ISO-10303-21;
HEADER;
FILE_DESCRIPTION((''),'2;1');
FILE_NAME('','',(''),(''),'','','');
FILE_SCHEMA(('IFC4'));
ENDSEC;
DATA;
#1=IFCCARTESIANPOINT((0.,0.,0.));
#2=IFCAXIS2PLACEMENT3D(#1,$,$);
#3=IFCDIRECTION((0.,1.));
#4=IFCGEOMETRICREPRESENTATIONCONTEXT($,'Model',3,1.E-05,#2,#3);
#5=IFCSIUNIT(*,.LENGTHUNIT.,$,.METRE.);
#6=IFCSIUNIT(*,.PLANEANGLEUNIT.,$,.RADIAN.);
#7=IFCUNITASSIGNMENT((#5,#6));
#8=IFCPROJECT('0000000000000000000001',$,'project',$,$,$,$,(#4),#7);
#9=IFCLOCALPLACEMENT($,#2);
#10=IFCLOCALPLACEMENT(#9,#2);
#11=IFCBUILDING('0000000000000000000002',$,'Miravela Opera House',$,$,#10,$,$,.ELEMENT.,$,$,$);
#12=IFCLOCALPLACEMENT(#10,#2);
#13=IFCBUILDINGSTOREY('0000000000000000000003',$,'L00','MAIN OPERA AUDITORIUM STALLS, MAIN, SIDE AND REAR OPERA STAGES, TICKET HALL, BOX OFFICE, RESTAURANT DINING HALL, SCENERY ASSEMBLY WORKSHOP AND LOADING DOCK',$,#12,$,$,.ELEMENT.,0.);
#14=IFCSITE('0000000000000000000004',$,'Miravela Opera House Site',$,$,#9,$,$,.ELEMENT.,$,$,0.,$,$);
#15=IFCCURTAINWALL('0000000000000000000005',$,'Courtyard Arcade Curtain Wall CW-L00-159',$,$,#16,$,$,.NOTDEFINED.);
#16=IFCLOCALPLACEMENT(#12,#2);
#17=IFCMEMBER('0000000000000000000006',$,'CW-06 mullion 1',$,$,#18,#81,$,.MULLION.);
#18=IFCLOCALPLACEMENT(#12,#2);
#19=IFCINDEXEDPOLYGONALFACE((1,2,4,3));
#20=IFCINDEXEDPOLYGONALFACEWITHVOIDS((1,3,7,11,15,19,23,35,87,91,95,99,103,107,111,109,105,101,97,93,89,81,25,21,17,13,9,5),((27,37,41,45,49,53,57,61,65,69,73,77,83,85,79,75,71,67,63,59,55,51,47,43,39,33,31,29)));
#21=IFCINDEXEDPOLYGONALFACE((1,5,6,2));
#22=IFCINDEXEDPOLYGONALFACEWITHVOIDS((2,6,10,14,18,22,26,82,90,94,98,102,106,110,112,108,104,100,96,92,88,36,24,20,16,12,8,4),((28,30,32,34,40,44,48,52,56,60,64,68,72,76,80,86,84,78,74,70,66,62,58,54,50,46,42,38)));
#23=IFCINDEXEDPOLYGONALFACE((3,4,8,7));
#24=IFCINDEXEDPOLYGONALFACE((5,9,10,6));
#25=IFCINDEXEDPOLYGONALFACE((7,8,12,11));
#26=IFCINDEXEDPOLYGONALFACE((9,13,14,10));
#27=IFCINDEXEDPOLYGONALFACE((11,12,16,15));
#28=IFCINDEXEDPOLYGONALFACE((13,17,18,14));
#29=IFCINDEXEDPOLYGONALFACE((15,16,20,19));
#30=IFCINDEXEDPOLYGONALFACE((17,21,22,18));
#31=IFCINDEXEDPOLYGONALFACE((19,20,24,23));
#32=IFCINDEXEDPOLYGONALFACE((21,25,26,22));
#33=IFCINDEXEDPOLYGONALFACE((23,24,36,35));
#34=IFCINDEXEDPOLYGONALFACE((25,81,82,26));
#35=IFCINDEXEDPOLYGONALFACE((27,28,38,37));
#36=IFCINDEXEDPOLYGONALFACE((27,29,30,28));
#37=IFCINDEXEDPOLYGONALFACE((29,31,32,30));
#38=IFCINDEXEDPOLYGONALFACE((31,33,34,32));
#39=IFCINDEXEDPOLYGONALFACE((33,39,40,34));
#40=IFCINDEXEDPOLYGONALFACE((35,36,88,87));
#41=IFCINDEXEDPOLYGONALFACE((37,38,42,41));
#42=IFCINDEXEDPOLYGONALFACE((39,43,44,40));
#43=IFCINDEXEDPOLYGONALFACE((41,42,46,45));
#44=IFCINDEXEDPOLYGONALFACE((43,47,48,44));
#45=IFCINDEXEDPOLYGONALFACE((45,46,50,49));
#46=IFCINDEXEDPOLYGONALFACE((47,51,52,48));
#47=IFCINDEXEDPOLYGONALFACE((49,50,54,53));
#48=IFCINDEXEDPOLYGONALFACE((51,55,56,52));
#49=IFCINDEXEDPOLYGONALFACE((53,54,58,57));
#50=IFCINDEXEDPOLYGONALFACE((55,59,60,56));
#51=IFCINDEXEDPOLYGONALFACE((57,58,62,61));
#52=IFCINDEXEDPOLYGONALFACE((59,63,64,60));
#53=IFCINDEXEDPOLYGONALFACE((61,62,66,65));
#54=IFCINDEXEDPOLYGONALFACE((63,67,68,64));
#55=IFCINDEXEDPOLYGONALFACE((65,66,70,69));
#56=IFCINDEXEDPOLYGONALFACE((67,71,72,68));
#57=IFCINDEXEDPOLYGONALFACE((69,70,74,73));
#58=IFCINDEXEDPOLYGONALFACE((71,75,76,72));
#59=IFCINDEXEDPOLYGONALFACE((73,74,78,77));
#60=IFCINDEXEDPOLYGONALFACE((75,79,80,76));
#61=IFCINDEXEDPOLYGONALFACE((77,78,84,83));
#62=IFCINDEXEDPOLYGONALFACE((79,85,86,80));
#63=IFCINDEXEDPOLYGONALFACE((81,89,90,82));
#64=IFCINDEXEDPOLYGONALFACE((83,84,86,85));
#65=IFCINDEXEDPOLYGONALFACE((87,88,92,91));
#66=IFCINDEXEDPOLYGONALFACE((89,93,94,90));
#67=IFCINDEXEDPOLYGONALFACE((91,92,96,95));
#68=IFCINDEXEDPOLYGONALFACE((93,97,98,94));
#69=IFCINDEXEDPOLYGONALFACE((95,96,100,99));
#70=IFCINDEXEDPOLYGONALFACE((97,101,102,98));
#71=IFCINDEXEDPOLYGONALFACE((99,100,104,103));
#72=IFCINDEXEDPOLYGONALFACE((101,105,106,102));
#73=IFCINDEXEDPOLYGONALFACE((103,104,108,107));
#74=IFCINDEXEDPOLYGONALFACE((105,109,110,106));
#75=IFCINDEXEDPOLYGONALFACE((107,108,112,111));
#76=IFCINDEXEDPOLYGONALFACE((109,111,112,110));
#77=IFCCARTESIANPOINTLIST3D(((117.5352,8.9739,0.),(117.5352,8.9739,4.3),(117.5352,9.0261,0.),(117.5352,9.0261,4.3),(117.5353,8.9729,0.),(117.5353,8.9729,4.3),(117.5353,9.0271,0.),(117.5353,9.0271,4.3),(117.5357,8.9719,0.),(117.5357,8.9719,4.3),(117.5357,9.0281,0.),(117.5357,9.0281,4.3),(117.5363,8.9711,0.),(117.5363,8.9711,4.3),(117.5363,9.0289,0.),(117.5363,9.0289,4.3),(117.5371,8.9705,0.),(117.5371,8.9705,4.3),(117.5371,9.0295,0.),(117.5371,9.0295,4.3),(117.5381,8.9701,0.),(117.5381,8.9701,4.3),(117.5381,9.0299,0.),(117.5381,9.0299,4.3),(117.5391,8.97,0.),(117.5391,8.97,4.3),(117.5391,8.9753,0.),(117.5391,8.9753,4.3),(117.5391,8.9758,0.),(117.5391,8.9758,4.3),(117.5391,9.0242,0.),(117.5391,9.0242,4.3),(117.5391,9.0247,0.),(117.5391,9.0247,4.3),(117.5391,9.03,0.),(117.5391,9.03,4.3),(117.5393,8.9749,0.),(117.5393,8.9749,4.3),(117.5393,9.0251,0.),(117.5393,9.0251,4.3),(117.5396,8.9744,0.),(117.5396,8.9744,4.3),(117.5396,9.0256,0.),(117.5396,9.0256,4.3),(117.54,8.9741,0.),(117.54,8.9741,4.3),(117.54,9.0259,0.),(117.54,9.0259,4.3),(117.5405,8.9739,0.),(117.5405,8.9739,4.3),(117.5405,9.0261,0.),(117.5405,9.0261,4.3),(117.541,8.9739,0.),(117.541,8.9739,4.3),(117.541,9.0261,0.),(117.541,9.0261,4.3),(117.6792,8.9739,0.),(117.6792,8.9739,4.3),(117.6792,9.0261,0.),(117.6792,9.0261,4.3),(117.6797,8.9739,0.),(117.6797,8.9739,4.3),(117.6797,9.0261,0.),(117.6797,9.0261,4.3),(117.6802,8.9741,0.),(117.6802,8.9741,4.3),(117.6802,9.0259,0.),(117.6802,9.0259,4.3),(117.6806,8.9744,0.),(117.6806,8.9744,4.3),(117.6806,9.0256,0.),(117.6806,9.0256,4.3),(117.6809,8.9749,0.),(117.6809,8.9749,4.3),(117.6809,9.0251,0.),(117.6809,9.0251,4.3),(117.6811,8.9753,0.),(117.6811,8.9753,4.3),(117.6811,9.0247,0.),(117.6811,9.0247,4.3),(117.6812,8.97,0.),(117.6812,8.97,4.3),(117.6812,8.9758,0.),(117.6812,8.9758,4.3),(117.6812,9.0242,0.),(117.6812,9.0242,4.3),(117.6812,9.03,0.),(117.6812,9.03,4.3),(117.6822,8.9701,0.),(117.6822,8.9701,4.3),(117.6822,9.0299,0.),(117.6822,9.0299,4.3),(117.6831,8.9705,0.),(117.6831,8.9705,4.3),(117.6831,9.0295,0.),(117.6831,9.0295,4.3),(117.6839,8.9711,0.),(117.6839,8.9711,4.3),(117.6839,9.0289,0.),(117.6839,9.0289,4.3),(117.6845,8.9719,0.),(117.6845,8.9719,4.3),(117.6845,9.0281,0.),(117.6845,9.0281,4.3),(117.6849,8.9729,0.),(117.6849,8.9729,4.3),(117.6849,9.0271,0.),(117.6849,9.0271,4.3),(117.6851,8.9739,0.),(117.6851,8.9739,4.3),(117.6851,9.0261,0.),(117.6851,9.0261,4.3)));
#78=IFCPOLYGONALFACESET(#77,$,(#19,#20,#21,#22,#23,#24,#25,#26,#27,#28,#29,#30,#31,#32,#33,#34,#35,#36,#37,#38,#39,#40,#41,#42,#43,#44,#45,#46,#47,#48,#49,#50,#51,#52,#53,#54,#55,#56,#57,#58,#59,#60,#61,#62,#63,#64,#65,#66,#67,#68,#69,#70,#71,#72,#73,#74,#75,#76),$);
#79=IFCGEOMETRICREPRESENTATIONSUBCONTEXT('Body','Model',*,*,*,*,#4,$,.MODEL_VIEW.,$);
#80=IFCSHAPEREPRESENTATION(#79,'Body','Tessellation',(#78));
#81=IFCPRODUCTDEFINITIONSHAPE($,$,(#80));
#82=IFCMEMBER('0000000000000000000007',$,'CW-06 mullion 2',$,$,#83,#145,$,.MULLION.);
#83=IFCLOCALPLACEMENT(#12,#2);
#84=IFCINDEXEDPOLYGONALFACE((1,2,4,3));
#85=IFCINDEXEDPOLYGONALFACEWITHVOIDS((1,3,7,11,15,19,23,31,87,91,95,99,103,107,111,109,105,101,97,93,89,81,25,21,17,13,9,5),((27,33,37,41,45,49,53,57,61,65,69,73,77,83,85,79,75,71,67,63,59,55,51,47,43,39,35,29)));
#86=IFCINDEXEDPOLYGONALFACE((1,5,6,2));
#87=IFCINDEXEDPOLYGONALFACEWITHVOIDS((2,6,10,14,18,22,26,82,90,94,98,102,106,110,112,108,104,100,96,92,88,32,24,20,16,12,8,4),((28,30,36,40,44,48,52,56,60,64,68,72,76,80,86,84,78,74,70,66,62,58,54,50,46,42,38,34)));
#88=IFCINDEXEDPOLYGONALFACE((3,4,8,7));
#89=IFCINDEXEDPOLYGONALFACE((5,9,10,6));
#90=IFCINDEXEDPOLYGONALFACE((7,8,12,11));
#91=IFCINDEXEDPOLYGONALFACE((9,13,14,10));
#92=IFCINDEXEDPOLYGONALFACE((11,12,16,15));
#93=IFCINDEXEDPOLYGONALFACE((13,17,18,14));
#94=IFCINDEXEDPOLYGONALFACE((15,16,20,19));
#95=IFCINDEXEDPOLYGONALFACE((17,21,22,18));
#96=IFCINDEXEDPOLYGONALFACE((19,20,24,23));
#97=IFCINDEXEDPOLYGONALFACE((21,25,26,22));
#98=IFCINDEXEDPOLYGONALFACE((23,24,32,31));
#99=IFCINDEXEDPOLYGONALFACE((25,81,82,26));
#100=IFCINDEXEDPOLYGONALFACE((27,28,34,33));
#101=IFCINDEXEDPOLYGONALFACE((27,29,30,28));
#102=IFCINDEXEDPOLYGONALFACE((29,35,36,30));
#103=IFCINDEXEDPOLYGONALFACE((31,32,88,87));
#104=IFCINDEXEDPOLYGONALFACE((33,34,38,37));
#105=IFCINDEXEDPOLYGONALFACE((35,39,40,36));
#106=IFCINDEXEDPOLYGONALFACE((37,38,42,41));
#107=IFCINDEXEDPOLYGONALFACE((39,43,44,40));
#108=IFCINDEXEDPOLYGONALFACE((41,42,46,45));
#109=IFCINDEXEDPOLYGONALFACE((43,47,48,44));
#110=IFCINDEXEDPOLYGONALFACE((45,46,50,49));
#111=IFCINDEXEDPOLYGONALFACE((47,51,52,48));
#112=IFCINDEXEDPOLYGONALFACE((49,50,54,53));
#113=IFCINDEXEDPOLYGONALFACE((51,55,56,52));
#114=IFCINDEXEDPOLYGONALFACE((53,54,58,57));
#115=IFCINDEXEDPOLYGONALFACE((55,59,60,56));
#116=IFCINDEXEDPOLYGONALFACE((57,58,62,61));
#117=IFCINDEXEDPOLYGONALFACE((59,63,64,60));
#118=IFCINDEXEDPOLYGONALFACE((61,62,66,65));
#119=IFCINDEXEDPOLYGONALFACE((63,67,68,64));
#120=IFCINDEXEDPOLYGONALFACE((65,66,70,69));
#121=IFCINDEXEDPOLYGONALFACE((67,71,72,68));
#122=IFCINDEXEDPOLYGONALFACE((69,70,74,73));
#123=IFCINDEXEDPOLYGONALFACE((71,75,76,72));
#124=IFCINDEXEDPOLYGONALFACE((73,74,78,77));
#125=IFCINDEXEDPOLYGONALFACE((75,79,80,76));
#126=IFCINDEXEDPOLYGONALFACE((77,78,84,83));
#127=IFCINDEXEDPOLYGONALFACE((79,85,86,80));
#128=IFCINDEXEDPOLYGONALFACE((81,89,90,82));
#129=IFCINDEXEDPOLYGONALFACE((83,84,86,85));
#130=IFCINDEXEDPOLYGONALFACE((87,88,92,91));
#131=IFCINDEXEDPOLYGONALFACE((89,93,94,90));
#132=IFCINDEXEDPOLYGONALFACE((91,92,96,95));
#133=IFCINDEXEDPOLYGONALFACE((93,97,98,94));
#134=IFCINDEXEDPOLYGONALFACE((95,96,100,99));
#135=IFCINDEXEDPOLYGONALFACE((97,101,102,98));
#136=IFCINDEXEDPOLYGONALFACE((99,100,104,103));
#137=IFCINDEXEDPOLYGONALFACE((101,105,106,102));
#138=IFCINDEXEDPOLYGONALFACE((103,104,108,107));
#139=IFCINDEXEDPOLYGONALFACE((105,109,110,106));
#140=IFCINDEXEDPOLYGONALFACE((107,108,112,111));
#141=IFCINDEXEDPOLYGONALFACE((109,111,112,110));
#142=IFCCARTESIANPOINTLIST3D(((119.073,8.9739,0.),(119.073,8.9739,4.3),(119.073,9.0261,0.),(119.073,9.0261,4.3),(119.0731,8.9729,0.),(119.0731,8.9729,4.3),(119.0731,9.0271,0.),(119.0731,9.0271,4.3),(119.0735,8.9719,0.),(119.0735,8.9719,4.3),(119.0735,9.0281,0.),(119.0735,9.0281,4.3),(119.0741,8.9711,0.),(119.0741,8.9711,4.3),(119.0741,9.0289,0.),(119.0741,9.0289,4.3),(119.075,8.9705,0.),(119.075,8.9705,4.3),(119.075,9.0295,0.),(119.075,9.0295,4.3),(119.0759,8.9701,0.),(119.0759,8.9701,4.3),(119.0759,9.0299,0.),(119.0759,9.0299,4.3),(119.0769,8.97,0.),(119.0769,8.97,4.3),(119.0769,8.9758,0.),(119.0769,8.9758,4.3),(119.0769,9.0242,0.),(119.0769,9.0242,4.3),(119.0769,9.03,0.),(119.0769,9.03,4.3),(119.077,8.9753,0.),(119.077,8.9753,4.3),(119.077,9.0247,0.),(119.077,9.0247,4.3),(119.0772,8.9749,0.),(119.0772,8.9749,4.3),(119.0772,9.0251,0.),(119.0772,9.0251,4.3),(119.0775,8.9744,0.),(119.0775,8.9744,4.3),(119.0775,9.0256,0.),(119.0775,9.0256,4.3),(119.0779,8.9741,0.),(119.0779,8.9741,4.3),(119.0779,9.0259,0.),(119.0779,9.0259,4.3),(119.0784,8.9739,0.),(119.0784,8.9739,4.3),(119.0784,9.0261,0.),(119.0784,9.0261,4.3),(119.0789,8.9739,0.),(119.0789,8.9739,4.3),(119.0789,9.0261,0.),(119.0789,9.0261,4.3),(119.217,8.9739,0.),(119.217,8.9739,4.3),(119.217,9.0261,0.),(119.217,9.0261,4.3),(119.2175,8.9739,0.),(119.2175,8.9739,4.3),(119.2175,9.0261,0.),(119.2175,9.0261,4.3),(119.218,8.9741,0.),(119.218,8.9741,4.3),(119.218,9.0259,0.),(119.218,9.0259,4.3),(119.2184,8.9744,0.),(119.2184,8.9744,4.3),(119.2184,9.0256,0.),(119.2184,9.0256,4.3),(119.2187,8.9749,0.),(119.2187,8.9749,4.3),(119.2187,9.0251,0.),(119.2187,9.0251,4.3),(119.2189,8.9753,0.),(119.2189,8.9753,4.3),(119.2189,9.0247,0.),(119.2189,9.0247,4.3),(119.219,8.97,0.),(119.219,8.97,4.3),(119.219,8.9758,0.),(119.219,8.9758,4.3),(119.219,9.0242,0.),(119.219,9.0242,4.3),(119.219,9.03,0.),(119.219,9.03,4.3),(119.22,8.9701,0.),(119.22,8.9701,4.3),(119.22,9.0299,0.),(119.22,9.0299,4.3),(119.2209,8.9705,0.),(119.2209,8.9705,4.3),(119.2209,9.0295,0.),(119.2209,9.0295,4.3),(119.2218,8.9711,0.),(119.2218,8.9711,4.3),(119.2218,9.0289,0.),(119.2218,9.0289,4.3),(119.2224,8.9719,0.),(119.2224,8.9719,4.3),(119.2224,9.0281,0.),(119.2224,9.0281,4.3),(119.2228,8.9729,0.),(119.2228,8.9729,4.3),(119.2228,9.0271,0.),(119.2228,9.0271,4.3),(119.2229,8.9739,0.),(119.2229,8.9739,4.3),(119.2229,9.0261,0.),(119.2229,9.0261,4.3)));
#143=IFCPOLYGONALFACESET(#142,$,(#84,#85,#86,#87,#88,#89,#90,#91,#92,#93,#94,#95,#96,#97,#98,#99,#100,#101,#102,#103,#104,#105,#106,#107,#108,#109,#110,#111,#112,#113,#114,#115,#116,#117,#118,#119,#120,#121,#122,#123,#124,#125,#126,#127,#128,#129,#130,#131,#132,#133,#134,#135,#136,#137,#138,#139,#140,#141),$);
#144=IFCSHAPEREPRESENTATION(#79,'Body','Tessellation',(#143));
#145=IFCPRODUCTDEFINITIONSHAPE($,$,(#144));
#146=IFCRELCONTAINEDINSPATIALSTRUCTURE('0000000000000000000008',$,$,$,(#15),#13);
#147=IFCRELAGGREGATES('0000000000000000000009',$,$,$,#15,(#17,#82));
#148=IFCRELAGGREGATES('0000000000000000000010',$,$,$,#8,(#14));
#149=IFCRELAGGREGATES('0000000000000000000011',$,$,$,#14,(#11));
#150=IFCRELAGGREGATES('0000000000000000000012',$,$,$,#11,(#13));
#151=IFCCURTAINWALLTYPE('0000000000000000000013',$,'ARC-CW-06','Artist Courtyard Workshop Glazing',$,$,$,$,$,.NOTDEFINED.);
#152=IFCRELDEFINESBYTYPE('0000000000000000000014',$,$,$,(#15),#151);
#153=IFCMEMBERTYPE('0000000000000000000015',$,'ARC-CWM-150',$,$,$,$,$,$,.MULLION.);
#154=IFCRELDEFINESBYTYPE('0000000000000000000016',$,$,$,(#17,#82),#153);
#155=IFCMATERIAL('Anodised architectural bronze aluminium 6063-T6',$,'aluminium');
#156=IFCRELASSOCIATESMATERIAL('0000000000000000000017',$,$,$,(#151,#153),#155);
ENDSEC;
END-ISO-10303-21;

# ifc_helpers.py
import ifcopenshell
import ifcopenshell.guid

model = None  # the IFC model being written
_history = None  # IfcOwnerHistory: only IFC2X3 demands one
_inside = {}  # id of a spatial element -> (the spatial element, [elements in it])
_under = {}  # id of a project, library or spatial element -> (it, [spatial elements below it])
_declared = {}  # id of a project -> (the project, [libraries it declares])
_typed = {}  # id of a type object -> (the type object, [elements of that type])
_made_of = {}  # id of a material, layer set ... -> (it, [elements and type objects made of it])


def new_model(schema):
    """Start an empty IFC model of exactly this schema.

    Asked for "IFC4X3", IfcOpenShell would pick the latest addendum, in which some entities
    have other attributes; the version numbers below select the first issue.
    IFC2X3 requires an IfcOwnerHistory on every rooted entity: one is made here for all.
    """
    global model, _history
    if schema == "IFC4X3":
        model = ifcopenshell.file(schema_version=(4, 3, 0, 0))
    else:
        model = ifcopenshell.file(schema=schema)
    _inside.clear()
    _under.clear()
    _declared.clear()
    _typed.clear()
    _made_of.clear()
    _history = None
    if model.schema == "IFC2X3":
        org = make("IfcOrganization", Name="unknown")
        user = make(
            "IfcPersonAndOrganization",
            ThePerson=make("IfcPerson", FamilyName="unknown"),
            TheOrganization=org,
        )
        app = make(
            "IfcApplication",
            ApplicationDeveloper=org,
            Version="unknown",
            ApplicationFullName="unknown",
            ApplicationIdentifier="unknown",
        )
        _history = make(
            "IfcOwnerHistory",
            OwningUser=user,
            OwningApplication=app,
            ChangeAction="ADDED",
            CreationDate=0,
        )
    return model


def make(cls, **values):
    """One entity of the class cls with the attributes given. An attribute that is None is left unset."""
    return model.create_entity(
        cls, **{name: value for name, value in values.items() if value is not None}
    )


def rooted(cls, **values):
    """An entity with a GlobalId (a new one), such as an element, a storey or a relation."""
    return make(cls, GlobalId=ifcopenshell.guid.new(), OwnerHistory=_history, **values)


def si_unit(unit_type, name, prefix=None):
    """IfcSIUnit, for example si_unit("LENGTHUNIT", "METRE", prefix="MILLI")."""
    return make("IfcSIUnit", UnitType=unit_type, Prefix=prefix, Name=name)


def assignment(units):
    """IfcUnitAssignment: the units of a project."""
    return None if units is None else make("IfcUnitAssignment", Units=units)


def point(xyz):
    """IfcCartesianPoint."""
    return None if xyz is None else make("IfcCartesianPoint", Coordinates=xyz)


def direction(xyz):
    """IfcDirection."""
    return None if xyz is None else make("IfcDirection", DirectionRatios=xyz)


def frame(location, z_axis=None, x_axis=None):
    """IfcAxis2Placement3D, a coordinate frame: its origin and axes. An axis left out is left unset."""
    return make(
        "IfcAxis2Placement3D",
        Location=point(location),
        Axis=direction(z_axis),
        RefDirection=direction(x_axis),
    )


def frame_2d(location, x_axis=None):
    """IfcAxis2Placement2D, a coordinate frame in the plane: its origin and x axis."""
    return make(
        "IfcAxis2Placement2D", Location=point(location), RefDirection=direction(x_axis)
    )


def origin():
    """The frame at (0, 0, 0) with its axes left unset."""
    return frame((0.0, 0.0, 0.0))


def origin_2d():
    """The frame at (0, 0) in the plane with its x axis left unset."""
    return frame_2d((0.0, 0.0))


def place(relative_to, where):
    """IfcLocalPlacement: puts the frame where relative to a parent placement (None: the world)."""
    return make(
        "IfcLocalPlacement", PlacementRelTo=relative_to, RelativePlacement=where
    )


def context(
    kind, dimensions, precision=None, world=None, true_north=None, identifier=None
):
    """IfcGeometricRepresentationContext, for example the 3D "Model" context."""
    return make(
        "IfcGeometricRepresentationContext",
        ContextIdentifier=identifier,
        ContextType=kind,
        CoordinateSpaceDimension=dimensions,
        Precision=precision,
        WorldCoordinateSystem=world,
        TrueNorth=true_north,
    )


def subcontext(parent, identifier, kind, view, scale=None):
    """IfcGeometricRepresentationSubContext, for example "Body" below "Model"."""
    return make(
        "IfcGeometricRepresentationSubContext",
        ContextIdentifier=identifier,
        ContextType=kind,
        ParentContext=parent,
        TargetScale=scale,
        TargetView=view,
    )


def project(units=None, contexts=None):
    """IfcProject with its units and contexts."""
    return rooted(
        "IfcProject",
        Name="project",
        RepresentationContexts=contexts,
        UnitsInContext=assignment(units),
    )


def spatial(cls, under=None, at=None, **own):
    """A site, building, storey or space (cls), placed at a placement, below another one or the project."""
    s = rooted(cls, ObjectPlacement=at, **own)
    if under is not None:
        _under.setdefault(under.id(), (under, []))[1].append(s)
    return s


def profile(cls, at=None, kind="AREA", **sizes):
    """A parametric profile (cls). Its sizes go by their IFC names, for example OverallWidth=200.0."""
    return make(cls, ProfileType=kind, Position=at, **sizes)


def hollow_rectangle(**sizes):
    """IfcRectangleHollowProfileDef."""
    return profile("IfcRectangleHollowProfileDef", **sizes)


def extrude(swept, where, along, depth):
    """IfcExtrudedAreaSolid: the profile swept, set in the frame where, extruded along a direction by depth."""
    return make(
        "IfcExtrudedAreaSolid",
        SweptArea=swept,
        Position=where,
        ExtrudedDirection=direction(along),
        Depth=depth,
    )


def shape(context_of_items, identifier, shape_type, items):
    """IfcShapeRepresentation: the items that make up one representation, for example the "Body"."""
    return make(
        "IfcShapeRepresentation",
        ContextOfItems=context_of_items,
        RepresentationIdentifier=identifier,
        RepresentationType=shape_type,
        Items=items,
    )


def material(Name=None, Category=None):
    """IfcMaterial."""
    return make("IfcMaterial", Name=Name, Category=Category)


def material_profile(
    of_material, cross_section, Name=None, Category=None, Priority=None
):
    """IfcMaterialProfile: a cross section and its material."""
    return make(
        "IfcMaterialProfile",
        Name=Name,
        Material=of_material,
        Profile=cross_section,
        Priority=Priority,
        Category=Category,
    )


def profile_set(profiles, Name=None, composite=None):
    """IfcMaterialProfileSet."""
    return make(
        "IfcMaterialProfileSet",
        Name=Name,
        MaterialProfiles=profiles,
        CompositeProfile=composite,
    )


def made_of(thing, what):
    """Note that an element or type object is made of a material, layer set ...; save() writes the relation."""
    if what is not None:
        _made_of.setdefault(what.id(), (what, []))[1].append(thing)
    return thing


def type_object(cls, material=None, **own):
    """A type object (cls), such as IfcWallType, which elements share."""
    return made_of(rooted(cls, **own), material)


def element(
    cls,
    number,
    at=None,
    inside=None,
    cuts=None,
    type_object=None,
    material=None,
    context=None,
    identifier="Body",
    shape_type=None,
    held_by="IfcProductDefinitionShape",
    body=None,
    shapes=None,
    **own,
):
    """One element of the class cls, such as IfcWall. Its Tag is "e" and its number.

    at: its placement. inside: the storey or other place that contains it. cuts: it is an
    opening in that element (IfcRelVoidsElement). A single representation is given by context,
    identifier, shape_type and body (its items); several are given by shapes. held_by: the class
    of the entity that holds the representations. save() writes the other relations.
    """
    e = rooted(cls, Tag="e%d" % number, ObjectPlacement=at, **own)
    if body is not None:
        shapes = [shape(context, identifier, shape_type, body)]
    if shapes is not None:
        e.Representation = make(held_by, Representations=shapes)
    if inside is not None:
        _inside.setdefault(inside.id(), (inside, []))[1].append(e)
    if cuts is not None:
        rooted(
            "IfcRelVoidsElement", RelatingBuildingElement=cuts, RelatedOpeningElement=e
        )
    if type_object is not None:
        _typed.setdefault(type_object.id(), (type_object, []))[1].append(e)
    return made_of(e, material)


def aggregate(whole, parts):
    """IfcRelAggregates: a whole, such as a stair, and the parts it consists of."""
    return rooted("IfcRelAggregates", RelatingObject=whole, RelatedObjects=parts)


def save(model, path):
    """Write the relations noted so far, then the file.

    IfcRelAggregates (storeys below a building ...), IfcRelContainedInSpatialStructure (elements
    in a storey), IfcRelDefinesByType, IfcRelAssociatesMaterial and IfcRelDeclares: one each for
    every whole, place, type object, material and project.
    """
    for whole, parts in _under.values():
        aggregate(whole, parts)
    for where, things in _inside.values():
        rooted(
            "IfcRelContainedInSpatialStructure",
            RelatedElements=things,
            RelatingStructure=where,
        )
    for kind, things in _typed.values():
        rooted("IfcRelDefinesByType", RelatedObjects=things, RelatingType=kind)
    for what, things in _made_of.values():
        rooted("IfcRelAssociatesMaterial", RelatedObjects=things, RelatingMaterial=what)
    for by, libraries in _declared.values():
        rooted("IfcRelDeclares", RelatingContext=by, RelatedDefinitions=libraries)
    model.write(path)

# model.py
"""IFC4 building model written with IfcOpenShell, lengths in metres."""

from ifc_helpers import new_model, si_unit, direction, frame, origin, origin_2d, place, context, subcontext, project, spatial, hollow_rectangle, extrude, material, material_profile, profile_set, type_object, element, aggregate, save


model = new_model("IFC4")

# Units and contexts
model_context = context("Model", 3, precision=1e-05, world=origin(), true_north=direction((0.0, 1.0)))
body_context = subcontext(model_context, "Body", "Model", "MODEL_VIEW")
ifc_project = project(units=[si_unit("LENGTHUNIT", "METRE"), si_unit("PLANEANGLEUNIT", "RADIAN")], contexts=[model_context])

# Site, building, storey
site_placement = place(None, origin())
site = spatial("IfcSite", under=ifc_project, at=site_placement, Name="Miravela Opera House Site", CompositionType="ELEMENT", RefElevation=0.0)
building_placement = place(site_placement, origin())
building = spatial("IfcBuilding", under=site, at=building_placement, Name="Miravela Opera House", CompositionType="ELEMENT")
storey_placement = place(building_placement, origin())
storey = spatial("IfcBuildingStorey", under=building, at=storey_placement, Name="L00", Description="MAIN OPERA AUDITORIUM STALLS, MAIN, SIDE AND REAR OPERA STAGES, TICKET HALL, BOX OFFICE, RESTAURANT DINING HALL, SCENERY ASSEMBLY WORKSHOP AND LOADING DOCK", CompositionType="ELEMENT", Elevation=0.0)

# Curtain wall, members
ifc_material_1 = material(Name="Anodised architectural bronze aluminium 6063-T6", Category="aluminium")
curtain_wall_type = type_object("IfcCurtainWallType", Name="ARC-CW-06", Description="Artist Courtyard Workshop Glazing", PredefinedType="NOTDEFINED", material=ifc_material_1)
curtain_wall_placement = place(storey_placement, origin())
curtain_wall = element("IfcCurtainWall", 1, at=curtain_wall_placement, inside=storey, type_object=curtain_wall_type, Name="Courtyard Arcade Curtain Wall CW-L00-159", PredefinedType="NOTDEFINED")
ifc_material_profile_1 = material_profile(ifc_material_1, hollow_rectangle(XDim=0.0601, YDim=0.1499, WallThickness=0.0039, InnerFilletRadius=0.002, OuterFilletRadius=0.0039, at=origin_2d()), Name="CWM-60X150")
ifc_profile_set_1 = profile_set([ifc_material_profile_1])
member_type_1 = type_object("IfcMemberType", Name="ARC-CWM-150", PredefinedType="MULLION", material=ifc_profile_set_1)
member_1_placement = place(storey_placement, frame((117.6101, 9.0, 0.0), z_axis=(0.0, 0.0, 1.0), x_axis=(0.0, 1.0, 0.0)))
member_1 = element("IfcMember", 2, at=member_1_placement, type_object=member_type_1, Name="CW-06 mullion 1", PredefinedType="MULLION", context=body_context, shape_type="SweptSolid", body=[
    extrude(hollow_rectangle(XDim=0.0601, YDim=0.1499, WallThickness=0.0039, InnerFilletRadius=0.002, OuterFilletRadius=0.0039, at=origin_2d()), origin(), (0.0, 0.0, 1.0), 4.3),
])
member_2_placement = place(storey_placement, frame((119.1479, 9.0, 0.0), z_axis=(0.0, 0.0, 1.0), x_axis=(0.0, 1.0, 0.0)))
member_2 = element("IfcMember", 3, at=member_2_placement, type_object=member_type_1, Name="CW-06 mullion 2", PredefinedType="MULLION", context=body_context, shape_type="SweptSolid", body=[
    extrude(hollow_rectangle(XDim=0.0601, YDim=0.1499, WallThickness=0.0039, InnerFilletRadius=0.002, OuterFilletRadius=0.0039, at=origin_2d()), origin(), (0.0, 0.0, 1.0), 4.3),
])

aggregate(curtain_wall, [member_1, member_2])

save(model, "model.ifc")
